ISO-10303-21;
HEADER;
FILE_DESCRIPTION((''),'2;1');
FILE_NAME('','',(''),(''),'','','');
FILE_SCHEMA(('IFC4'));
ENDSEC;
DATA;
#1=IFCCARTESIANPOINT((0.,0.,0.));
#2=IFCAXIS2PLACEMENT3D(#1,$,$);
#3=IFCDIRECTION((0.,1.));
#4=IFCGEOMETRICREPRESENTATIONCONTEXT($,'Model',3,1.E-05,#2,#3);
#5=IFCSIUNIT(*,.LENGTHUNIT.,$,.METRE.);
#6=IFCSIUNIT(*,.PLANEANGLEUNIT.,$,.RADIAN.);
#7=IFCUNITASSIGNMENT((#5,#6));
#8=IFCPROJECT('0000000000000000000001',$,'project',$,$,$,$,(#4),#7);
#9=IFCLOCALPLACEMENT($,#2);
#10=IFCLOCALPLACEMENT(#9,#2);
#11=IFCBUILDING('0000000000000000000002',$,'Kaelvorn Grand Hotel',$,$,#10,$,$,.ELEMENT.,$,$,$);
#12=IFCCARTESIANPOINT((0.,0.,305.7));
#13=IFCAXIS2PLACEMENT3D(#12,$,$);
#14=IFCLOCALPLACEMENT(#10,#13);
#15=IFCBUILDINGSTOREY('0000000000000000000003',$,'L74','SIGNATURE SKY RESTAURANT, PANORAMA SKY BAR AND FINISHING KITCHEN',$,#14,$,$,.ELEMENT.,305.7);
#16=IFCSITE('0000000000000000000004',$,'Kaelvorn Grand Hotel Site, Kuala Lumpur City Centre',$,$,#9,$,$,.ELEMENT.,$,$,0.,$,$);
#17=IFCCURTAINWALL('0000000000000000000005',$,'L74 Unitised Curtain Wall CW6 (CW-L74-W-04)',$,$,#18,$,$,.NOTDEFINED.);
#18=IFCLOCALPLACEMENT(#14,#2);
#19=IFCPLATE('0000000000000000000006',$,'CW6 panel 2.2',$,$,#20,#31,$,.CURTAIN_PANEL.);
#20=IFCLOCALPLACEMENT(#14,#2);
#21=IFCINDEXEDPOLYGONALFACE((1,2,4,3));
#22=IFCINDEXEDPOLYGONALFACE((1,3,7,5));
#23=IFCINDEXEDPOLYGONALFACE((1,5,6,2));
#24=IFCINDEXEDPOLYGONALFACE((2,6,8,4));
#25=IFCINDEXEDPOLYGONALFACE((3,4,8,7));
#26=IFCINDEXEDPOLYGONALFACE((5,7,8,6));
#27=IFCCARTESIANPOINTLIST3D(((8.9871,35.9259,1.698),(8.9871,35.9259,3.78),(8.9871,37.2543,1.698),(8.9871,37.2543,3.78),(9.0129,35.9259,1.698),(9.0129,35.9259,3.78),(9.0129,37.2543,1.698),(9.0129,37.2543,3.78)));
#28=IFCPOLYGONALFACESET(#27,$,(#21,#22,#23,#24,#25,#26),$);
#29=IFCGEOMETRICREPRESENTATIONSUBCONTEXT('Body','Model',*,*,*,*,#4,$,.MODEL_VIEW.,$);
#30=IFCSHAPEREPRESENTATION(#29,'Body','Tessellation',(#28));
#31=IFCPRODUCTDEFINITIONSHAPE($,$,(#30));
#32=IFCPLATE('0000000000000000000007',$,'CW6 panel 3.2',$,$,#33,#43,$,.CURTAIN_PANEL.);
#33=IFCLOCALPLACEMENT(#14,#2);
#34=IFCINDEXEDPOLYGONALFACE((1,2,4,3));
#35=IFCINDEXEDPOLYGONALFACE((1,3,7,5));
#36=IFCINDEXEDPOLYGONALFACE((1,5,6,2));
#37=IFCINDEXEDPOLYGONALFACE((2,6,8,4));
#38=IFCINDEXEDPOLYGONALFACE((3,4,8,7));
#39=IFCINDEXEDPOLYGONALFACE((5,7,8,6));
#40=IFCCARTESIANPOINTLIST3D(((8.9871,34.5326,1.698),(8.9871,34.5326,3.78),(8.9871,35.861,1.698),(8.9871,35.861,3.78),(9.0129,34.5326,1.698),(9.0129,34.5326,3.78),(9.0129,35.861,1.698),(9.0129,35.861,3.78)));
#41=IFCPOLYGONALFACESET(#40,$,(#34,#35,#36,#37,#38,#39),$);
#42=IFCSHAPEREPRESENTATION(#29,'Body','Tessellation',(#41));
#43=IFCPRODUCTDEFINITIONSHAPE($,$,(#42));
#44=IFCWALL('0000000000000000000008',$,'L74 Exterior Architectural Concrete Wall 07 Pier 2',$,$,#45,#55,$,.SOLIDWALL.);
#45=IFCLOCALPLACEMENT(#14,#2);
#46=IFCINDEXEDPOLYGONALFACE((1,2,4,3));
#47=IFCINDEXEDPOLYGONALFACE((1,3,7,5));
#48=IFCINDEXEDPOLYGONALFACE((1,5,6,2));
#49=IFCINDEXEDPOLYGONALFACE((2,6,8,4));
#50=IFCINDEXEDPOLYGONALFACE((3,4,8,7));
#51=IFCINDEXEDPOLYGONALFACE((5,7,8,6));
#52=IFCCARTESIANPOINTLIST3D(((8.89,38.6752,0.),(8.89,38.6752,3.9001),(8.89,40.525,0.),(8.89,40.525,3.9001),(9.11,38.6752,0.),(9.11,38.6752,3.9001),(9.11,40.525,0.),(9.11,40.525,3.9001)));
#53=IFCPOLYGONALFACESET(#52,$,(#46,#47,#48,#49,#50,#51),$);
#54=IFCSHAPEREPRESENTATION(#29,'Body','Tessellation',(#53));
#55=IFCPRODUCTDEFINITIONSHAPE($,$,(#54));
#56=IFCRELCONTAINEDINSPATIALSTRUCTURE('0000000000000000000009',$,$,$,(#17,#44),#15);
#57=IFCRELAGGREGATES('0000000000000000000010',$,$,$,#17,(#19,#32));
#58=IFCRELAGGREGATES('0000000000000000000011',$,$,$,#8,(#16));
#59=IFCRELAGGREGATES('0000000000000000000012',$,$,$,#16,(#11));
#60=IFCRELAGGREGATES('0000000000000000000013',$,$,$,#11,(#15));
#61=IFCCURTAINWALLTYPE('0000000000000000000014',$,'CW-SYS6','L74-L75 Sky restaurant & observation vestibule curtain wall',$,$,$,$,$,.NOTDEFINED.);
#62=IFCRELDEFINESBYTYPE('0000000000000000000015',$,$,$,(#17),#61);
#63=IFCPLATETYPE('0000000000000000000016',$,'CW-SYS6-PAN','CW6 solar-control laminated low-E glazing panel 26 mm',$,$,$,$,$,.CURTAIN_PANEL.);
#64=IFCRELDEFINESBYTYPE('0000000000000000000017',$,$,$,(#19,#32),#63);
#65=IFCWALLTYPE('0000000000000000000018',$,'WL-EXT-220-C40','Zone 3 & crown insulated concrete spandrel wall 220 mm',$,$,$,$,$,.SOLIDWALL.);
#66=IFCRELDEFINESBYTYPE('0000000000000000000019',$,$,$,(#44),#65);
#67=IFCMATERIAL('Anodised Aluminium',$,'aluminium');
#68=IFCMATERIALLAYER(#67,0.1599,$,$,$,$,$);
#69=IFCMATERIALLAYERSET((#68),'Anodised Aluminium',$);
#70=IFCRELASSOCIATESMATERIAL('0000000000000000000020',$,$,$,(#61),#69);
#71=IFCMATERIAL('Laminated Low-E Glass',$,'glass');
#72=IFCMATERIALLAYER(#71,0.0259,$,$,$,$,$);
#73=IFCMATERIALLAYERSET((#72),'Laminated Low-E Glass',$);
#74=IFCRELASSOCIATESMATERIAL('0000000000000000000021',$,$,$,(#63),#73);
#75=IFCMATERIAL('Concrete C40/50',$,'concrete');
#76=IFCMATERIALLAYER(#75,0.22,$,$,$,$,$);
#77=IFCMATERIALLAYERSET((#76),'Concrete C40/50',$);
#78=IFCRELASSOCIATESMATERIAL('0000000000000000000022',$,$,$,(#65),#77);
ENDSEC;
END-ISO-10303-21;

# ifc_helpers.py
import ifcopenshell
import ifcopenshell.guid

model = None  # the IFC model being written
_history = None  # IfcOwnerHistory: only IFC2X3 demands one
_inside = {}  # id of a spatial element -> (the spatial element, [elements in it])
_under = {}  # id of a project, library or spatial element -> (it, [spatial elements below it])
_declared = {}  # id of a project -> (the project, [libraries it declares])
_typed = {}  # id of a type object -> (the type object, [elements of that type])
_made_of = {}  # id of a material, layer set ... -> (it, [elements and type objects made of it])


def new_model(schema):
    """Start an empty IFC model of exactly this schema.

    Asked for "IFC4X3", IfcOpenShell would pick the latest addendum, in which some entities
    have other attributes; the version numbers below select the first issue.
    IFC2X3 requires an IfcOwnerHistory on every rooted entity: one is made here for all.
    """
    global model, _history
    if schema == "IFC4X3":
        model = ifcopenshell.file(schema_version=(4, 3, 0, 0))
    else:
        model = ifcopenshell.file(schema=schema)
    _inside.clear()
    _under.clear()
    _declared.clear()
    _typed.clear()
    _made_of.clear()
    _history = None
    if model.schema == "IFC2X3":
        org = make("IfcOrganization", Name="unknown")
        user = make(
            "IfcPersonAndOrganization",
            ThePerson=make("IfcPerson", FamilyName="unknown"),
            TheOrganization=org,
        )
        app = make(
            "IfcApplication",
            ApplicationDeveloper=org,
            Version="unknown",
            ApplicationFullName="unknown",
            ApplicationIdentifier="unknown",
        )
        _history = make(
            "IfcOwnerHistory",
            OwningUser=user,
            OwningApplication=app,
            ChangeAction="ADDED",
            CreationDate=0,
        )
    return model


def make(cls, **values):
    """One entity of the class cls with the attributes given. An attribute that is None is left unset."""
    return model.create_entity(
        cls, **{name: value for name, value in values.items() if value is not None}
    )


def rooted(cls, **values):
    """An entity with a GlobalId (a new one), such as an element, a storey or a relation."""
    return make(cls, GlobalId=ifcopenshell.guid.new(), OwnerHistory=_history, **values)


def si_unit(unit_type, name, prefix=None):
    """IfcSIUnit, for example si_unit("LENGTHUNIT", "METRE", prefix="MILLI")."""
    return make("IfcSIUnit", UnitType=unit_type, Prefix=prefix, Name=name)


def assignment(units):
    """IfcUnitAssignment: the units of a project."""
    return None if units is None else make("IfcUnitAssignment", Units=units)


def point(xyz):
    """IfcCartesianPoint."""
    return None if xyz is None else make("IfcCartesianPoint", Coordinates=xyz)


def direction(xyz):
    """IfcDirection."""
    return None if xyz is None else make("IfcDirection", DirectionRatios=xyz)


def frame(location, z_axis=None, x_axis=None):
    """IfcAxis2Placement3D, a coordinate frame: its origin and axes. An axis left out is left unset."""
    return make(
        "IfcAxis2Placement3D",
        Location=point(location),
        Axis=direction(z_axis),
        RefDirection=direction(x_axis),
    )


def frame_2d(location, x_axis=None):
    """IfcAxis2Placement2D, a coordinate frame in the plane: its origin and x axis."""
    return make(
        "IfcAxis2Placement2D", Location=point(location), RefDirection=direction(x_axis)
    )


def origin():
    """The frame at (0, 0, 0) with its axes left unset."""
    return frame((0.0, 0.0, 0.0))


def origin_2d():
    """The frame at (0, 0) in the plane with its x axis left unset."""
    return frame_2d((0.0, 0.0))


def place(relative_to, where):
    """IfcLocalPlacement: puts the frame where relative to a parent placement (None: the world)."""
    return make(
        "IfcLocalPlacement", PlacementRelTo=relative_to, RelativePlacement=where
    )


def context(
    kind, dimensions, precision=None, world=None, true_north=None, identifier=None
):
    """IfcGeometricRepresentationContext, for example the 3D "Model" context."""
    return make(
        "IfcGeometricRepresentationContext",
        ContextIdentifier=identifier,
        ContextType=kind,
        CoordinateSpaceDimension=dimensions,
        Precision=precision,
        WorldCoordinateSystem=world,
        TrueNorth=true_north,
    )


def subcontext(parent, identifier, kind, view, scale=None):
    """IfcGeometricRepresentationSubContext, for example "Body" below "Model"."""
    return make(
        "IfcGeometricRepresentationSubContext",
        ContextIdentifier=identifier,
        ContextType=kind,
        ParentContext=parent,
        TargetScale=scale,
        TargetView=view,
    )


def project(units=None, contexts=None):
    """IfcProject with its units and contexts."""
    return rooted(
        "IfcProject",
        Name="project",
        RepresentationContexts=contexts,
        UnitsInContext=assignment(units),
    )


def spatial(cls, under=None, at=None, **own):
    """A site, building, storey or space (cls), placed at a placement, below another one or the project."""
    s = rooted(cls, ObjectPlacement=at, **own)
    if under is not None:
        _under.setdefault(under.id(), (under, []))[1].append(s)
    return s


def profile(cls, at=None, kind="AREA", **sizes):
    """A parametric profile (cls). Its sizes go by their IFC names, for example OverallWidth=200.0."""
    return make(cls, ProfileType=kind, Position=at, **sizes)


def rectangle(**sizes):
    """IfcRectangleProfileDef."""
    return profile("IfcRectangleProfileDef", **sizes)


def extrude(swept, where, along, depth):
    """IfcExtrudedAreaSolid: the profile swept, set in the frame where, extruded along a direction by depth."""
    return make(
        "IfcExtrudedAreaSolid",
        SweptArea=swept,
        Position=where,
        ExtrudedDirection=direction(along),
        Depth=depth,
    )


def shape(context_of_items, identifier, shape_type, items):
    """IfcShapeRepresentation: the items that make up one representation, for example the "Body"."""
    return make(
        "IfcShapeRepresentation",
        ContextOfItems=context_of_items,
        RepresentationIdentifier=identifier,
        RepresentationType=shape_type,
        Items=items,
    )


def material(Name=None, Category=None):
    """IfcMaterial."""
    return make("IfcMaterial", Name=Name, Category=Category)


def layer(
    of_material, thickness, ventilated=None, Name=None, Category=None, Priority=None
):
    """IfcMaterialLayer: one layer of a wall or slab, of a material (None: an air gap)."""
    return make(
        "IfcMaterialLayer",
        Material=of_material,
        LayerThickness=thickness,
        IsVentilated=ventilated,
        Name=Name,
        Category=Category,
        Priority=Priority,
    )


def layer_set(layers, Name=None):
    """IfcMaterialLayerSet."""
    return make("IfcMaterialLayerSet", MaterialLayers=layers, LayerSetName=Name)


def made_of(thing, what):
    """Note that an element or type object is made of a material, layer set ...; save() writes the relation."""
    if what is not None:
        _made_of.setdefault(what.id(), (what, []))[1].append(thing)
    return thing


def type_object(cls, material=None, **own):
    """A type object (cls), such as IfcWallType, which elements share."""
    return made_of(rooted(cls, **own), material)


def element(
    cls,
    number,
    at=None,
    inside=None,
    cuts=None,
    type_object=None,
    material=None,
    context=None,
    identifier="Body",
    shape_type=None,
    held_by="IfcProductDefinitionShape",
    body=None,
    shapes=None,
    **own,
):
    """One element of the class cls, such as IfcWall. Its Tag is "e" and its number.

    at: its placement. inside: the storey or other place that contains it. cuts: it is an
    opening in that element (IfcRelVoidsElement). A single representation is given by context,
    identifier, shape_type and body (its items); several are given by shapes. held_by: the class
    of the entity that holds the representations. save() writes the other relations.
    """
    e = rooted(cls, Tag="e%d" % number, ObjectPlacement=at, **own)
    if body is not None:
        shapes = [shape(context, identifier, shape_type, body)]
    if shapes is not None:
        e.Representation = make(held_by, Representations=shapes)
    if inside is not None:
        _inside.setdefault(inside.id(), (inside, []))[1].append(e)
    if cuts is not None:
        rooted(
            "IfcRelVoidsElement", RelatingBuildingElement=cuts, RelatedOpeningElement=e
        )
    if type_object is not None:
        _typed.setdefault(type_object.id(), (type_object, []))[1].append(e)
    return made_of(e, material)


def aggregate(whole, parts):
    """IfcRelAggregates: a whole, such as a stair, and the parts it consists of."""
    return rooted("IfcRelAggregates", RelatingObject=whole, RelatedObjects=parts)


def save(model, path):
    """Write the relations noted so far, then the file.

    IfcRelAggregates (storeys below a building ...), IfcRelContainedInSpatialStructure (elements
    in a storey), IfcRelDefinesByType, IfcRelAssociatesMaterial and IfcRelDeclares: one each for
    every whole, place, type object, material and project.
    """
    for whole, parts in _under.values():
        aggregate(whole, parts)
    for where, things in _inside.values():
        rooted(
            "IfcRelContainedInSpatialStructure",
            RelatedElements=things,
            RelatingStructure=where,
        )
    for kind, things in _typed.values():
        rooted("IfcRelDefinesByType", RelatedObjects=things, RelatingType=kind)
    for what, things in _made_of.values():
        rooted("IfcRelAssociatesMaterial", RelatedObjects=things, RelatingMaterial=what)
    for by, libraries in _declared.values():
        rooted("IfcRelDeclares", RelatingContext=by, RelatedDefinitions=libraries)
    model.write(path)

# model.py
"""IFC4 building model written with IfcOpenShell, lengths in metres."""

from ifc_helpers import new_model, si_unit, direction, frame, frame_2d, origin, origin_2d, place, context, subcontext, project, spatial, rectangle, extrude, material, layer, layer_set, type_object, element, aggregate, save


model = new_model("IFC4")

# Units and contexts
model_context = context("Model", 3, precision=1e-05, world=origin(), true_north=direction((0.0, 1.0)))
body_context = subcontext(model_context, "Body", "Model", "MODEL_VIEW")
ifc_project = project(units=[si_unit("LENGTHUNIT", "METRE"), si_unit("PLANEANGLEUNIT", "RADIAN")], contexts=[model_context])

# Site, building, storey
site_placement = place(None, origin())
site = spatial("IfcSite", under=ifc_project, at=site_placement, Name="Kaelvorn Grand Hotel Site, Kuala Lumpur City Centre", CompositionType="ELEMENT", RefElevation=0.0)
building_placement = place(site_placement, origin())
building = spatial("IfcBuilding", under=site, at=building_placement, Name="Kaelvorn Grand Hotel", CompositionType="ELEMENT")
storey_placement = place(building_placement, frame((0.0, 0.0, 305.7)))
storey = spatial("IfcBuildingStorey", under=building, at=storey_placement, Name="L74", Description="SIGNATURE SKY RESTAURANT, PANORAMA SKY BAR AND FINISHING KITCHEN", CompositionType="ELEMENT", Elevation=305.7)

# Shared definitions
ifc_material_1 = material(Name="Anodised Aluminium", Category="aluminium")
ifc_layer_1 = layer(ifc_material_1, 0.1599)
ifc_layer_set_1 = layer_set([ifc_layer_1], Name="Anodised Aluminium")
curtain_wall_type = type_object("IfcCurtainWallType", Name="CW-SYS6", Description="L74-L75 Sky restaurant & observation vestibule curtain wall", PredefinedType="NOTDEFINED", material=ifc_layer_set_1)

# Curtain wall
curtain_wall_1_placement = place(storey_placement, origin())
curtain_wall_1 = element("IfcCurtainWall", 1, at=curtain_wall_1_placement, inside=storey, type_object=curtain_wall_type, Name="L74 Unitised Curtain Wall CW6 (CW-L74-W-04)", PredefinedType="NOTDEFINED")

# Plates
ifc_material_2 = material(Name="Laminated Low-E Glass", Category="glass")
ifc_layer_2 = layer(ifc_material_2, 0.0259)
ifc_layer_set_2 = layer_set([ifc_layer_2], Name="Laminated Low-E Glass")
plate_type = type_object("IfcPlateType", Name="CW-SYS6-PAN", Description="CW6 solar-control laminated low-E glazing panel 26 mm", PredefinedType="CURTAIN_PANEL", material=ifc_layer_set_2)
plate_1_placement = place(storey_placement, frame((9.0, 36.5901, 1.698), z_axis=(0.0, 0.0, 1.0), x_axis=(0.0, -1.0, 0.0)))
plate_1 = element("IfcPlate", 2, at=plate_1_placement, type_object=plate_type, Name="CW6 panel 2.2", PredefinedType="CURTAIN_PANEL", context=body_context, shape_type="SweptSolid", body=[
    extrude(rectangle(XDim=1.3284, YDim=0.0259, at=origin_2d()), origin(), (0.0, 0.0, 1.0), 2.082),
])
plate_2_placement = place(storey_placement, frame((9.0, 35.1968, 1.698), z_axis=(0.0, 0.0, 1.0), x_axis=(0.0, -1.0, 0.0)))
plate_2 = element("IfcPlate", 3, at=plate_2_placement, type_object=plate_type, Name="CW6 panel 3.2", PredefinedType="CURTAIN_PANEL", context=body_context, shape_type="SweptSolid", body=[
    extrude(rectangle(XDim=1.3284, YDim=0.0259, at=origin_2d()), origin(), (0.0, 0.0, 1.0), 2.082),
])
aggregate(curtain_wall_1, [plate_1, plate_2])

# Wall
ifc_material_3 = material(Name="Concrete C40/50", Category="concrete")
ifc_layer_3 = layer(ifc_material_3, 0.22)
ifc_layer_set_3 = layer_set([ifc_layer_3], Name="Concrete C40/50")
wall_type = type_object("IfcWallType", Name="WL-EXT-220-C40", Description="Zone 3 & crown insulated concrete spandrel wall 220 mm", PredefinedType="SOLIDWALL", material=ifc_layer_set_3)
wall_placement = place(storey_placement, frame((9.0, 40.5249, 0.0), z_axis=(0.0, 0.0, 1.0), x_axis=(0.0, -1.0, 0.0)))
element("IfcWall", 4, at=wall_placement, inside=storey, type_object=wall_type, Name="L74 Exterior Architectural Concrete Wall 07 Pier 2", PredefinedType="SOLIDWALL", context=body_context, shape_type="SweptSolid", body=[
    extrude(rectangle(XDim=1.8499, YDim=0.22, at=frame_2d((0.9248, 0.0))), origin(), (0.0, 0.0, 1.0), 3.9001),
])

save(model, "model.ifc")
